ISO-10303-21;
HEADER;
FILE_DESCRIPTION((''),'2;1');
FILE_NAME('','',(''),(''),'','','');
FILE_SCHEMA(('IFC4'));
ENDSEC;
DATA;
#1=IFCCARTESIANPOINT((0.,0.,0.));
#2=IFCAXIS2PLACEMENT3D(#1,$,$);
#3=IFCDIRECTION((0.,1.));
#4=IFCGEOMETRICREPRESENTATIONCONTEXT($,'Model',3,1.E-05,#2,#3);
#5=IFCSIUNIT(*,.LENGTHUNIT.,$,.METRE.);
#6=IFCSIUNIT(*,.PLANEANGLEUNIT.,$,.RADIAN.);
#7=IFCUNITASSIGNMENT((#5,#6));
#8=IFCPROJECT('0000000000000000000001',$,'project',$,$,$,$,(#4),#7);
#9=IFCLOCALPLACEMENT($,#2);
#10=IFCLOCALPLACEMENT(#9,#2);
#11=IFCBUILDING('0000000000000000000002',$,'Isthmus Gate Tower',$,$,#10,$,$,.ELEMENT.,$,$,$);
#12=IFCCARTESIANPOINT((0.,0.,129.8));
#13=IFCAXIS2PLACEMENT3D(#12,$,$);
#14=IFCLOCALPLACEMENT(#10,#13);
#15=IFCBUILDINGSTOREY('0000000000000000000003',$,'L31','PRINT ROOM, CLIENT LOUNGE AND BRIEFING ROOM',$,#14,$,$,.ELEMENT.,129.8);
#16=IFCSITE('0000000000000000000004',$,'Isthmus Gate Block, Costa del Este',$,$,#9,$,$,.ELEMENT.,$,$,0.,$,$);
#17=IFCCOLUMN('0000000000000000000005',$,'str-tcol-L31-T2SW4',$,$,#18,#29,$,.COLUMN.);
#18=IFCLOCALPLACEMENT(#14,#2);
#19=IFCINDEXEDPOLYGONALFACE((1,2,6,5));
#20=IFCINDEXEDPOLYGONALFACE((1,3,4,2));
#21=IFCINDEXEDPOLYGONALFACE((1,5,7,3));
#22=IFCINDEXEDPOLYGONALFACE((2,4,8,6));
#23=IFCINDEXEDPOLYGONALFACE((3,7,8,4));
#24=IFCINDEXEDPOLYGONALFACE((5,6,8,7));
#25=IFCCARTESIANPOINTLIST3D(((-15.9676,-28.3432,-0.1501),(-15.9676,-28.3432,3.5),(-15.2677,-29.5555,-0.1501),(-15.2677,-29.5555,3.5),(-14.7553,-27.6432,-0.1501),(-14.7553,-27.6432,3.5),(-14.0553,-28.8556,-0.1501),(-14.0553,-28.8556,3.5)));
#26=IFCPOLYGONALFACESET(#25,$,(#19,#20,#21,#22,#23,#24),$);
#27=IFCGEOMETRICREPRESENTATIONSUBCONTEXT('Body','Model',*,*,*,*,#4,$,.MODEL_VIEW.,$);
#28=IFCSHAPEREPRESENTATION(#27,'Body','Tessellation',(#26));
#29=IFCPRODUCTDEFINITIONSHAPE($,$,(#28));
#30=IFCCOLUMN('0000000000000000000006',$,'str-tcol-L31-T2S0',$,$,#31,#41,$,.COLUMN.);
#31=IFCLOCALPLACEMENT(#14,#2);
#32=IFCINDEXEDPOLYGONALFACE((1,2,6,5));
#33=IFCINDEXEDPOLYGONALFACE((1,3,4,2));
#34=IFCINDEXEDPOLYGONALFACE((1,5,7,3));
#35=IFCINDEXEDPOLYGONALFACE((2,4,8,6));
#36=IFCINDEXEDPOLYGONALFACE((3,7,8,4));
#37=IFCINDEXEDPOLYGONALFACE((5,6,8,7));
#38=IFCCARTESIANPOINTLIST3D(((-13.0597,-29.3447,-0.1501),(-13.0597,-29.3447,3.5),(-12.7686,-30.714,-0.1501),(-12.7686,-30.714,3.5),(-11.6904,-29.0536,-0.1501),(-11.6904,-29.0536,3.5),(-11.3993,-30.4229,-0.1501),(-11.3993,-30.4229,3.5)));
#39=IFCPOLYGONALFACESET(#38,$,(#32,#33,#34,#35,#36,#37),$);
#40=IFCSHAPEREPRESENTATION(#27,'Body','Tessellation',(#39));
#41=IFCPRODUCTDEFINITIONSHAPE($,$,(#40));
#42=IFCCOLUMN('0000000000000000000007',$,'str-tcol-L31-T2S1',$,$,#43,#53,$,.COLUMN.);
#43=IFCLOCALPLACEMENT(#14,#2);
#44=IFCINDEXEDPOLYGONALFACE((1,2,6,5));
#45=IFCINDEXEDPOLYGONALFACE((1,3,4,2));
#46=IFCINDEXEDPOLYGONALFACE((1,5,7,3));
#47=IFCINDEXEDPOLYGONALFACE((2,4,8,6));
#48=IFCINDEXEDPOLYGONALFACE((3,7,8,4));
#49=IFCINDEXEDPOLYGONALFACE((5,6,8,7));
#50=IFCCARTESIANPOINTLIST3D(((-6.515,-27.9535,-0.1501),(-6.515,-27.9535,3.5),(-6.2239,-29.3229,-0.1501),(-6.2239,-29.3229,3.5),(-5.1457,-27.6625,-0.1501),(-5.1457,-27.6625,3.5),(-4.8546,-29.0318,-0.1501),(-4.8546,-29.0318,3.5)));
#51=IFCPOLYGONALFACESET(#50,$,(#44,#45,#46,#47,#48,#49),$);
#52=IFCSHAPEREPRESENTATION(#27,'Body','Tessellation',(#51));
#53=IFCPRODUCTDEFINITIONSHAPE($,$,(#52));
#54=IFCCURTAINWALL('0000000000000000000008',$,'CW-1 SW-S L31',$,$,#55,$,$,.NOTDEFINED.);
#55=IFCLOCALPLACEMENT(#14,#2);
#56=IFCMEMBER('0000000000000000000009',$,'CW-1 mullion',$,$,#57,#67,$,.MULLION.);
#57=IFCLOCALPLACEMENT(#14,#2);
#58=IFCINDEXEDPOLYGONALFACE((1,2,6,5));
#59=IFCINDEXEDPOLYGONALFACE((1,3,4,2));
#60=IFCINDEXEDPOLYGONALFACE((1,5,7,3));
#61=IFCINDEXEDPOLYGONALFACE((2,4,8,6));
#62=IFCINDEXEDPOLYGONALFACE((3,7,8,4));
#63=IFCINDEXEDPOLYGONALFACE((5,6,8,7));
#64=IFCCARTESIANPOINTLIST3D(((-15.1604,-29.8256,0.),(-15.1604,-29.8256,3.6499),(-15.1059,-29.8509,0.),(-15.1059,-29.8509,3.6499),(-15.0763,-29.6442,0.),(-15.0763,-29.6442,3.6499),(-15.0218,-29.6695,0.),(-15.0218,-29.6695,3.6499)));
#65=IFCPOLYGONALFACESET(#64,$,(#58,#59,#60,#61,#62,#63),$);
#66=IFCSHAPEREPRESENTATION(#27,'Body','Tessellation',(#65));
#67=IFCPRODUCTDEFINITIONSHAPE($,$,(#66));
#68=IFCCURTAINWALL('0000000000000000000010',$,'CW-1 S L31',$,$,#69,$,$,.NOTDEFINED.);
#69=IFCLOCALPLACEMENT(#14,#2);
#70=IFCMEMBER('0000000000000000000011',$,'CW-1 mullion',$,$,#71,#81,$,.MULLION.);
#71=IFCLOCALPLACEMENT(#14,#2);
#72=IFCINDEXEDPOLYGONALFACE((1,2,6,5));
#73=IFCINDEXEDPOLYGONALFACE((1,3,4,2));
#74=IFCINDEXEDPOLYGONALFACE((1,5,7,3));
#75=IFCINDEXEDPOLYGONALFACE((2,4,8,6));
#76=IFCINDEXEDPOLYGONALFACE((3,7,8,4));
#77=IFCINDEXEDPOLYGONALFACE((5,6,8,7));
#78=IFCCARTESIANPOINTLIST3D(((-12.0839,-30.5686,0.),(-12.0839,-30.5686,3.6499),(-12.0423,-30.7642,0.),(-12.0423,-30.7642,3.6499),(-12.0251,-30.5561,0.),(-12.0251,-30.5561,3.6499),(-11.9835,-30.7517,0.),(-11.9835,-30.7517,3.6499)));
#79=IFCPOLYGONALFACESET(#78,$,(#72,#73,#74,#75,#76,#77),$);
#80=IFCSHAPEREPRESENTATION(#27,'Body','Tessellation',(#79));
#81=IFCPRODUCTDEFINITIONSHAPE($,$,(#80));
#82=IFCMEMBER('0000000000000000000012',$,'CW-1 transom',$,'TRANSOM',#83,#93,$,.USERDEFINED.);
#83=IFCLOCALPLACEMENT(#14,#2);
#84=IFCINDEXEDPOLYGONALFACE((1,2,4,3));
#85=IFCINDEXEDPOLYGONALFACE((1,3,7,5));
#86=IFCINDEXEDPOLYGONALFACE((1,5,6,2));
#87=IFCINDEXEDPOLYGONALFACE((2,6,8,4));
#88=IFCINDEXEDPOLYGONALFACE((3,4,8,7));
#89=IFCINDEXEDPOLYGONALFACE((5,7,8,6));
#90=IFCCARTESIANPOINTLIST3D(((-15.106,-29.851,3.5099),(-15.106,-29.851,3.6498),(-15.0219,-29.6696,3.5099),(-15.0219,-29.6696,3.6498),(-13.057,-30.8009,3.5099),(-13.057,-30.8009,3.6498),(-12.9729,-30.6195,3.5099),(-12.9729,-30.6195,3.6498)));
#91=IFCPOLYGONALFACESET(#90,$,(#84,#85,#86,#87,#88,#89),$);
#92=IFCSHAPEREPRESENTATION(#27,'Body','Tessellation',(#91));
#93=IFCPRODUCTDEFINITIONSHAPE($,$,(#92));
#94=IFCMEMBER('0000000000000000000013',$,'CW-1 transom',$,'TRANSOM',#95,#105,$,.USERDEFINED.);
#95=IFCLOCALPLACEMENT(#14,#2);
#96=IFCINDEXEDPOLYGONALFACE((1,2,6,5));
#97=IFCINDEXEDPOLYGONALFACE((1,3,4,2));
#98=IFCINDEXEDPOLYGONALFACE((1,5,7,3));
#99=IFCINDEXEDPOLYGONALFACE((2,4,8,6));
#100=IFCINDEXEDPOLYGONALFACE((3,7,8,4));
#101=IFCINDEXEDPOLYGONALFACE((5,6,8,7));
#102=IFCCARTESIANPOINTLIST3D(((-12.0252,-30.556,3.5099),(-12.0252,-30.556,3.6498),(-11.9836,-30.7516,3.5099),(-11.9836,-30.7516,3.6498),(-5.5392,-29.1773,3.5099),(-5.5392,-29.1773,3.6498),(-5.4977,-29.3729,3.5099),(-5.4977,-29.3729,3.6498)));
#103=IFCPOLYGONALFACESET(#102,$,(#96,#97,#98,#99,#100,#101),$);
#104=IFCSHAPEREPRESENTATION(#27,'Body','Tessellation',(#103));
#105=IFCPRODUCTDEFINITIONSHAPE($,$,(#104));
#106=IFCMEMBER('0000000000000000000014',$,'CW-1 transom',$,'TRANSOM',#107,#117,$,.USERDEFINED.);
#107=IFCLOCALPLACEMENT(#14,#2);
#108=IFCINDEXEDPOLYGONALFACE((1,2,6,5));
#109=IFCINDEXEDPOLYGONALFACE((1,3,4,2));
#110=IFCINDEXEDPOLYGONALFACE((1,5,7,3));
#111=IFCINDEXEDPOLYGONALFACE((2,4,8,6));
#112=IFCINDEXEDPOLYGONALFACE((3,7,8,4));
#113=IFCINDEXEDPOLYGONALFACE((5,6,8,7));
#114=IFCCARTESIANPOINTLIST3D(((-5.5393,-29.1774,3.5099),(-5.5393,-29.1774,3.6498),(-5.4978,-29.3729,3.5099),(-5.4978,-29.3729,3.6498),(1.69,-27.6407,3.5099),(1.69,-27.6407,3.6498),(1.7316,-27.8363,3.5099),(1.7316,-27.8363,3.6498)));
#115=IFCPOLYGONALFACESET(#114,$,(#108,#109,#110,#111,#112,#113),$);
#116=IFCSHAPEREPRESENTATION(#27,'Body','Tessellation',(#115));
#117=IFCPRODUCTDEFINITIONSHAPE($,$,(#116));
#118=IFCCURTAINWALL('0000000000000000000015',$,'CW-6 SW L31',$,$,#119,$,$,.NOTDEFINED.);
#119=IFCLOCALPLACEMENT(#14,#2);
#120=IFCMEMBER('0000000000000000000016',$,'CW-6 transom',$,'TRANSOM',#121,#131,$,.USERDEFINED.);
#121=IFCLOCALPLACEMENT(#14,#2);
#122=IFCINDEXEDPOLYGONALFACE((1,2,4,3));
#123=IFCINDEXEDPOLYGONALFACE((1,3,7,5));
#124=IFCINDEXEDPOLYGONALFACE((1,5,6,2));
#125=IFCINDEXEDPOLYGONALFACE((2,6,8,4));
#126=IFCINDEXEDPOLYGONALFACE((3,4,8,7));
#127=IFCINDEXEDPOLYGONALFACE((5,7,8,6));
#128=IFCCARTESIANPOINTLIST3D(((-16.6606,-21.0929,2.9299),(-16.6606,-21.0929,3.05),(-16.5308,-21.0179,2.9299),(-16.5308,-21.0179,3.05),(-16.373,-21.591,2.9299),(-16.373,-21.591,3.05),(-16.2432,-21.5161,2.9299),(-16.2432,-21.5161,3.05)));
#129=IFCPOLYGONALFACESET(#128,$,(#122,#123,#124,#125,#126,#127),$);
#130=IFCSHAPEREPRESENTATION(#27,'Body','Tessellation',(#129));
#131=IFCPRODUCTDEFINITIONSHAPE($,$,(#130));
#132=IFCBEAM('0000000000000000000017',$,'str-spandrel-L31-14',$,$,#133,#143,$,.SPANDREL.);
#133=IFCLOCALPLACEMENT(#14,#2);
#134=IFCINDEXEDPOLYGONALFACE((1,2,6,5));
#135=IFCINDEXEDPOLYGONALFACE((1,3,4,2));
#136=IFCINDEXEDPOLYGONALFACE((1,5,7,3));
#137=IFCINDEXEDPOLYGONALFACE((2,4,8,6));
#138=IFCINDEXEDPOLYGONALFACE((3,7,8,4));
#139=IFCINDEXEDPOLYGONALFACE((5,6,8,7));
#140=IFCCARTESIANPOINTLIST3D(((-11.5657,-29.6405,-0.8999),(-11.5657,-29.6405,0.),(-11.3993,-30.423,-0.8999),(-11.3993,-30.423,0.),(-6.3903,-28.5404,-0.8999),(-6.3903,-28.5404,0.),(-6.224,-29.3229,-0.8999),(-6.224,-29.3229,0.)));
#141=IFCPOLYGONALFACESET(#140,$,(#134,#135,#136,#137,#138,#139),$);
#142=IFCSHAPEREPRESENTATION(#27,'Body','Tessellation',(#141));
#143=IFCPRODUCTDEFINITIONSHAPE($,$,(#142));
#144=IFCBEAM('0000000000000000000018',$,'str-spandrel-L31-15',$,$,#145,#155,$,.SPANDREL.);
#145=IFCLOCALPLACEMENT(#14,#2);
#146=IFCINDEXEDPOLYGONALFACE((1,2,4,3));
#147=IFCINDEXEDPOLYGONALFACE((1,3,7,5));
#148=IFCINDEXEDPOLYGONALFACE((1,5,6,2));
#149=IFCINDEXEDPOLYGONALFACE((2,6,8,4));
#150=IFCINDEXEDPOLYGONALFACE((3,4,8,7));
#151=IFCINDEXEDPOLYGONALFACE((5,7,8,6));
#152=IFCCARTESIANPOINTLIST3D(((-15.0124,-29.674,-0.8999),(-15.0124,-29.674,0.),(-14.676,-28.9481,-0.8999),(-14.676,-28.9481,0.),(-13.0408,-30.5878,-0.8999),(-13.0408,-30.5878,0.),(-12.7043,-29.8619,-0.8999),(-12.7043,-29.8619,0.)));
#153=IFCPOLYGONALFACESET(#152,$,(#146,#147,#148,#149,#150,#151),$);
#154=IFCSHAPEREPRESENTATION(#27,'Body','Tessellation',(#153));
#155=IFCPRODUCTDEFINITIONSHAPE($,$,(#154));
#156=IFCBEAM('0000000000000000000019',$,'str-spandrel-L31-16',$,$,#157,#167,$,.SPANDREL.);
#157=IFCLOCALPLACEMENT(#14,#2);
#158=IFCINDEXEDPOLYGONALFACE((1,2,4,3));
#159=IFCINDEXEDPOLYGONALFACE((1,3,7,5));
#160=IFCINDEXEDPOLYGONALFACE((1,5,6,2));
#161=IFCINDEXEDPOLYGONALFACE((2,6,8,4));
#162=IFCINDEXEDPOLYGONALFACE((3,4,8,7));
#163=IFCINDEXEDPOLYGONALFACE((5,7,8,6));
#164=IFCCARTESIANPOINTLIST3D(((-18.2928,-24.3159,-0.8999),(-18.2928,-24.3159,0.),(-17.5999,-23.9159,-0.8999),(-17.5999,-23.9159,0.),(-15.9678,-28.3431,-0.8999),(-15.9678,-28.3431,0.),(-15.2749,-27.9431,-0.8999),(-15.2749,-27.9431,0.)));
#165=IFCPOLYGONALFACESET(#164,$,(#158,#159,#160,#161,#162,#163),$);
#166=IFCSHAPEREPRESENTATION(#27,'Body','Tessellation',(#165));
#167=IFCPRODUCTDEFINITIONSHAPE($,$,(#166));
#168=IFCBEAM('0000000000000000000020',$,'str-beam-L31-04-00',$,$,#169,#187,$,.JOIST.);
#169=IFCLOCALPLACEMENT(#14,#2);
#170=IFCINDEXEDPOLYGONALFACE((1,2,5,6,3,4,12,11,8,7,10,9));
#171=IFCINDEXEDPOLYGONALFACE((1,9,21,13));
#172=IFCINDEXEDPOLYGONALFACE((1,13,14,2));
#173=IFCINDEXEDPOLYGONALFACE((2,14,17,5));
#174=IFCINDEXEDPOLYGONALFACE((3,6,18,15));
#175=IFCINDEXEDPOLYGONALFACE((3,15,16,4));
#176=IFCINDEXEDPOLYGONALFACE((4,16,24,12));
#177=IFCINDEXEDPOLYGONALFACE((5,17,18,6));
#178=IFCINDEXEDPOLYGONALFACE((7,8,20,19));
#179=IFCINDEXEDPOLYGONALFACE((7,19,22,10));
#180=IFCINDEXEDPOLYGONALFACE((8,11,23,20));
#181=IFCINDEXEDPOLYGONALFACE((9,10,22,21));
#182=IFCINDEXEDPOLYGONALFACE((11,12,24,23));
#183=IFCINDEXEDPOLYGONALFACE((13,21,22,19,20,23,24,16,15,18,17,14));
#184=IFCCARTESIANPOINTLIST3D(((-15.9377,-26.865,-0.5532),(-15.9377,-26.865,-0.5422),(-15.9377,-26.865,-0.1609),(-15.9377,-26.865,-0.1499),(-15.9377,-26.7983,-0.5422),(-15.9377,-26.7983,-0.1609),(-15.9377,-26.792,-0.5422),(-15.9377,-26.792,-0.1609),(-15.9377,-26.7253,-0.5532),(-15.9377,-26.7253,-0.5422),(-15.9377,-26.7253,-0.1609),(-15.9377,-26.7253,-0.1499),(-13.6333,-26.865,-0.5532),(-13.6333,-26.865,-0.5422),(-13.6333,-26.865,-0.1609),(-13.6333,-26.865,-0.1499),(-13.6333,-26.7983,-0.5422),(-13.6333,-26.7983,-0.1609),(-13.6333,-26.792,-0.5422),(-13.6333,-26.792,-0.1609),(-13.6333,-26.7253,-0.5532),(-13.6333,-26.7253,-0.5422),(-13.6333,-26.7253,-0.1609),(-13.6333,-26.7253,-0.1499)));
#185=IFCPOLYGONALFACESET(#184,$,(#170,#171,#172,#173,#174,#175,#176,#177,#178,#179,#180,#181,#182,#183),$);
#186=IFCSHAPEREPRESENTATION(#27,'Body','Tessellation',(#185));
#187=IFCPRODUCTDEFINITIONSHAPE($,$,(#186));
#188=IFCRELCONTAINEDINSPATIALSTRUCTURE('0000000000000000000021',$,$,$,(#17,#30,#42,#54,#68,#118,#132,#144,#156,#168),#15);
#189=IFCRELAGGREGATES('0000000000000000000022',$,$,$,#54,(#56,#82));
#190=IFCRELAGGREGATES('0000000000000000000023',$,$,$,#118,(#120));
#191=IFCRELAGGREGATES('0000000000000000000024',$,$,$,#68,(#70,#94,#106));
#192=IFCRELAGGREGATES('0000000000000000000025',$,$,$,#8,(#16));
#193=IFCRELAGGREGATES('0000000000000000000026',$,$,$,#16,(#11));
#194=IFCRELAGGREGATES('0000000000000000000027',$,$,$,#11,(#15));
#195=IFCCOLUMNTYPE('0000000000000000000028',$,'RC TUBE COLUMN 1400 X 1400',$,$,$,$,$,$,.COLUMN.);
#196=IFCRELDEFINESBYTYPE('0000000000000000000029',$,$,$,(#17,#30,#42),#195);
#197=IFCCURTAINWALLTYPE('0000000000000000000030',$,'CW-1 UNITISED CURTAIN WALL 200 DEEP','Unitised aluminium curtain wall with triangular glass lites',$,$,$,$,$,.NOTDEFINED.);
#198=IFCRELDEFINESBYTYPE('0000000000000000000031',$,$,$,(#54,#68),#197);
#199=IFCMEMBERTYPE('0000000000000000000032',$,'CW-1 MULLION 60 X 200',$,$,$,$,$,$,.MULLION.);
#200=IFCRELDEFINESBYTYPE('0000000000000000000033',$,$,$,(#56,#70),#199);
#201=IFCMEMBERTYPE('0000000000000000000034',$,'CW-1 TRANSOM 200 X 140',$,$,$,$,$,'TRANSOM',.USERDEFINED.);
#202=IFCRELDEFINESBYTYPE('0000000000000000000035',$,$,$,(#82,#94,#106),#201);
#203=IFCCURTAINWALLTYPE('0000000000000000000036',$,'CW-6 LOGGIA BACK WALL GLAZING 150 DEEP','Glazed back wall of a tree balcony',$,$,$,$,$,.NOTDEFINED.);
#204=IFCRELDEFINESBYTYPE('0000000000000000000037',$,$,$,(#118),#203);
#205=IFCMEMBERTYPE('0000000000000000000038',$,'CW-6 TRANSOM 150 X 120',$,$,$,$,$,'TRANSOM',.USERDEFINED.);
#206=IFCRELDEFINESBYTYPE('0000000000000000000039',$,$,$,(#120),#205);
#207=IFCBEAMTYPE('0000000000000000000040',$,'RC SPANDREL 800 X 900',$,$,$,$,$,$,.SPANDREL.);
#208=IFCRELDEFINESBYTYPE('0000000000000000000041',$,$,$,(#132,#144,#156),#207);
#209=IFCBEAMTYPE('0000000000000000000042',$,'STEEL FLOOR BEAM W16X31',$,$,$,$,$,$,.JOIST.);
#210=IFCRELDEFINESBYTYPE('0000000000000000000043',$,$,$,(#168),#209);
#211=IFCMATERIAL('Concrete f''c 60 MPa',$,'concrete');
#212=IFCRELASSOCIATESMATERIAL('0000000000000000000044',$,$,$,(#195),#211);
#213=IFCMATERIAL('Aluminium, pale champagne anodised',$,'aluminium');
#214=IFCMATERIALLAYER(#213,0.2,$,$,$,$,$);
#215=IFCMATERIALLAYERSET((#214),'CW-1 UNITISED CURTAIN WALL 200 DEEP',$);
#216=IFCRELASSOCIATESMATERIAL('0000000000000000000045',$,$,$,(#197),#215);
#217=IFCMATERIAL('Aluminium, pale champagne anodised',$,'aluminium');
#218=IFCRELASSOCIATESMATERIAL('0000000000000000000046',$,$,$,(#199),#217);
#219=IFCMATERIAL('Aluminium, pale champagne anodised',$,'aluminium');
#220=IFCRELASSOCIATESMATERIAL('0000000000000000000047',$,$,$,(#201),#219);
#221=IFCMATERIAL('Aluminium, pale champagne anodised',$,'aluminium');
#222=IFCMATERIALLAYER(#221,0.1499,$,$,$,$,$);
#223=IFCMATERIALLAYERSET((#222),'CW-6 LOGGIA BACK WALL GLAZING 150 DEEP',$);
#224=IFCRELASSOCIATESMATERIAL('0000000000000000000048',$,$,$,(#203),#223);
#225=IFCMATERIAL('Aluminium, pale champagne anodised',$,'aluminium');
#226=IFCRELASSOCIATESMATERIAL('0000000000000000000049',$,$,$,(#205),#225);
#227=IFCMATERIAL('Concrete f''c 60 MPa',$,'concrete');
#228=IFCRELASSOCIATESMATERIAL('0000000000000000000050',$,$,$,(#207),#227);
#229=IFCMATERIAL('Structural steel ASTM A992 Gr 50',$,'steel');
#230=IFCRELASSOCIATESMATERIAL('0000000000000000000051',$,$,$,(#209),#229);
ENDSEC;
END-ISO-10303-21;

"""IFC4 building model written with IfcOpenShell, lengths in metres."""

from ifc_helpers import new_model, si_unit, direction, frame, origin, origin_2d, place, context, subcontext, project, spatial, rectangle, i_section, extrude, material, layer, layer_set, material_profile, profile_set, type_object, element, aggregate, save


model = new_model("IFC4")

# Units and contexts
model_context = context("Model", 3, precision=1e-05, world=origin(), true_north=direction((0.0, 1.0)))
body_context = subcontext(model_context, "Body", "Model", "MODEL_VIEW")
ifc_project = project(units=[si_unit("LENGTHUNIT", "METRE"), si_unit("PLANEANGLEUNIT", "RADIAN")], contexts=[model_context])

# Site, building, storey
site_placement = place(None, origin())
site = spatial("IfcSite", under=ifc_project, at=site_placement, Name="Isthmus Gate Block, Costa del Este", CompositionType="ELEMENT", RefElevation=0.0)
building_placement = place(site_placement, origin())
building = spatial("IfcBuilding", under=site, at=building_placement, Name="Isthmus Gate Tower", CompositionType="ELEMENT")
storey_placement = place(building_placement, frame((0.0, 0.0, 129.8)))
storey = spatial("IfcBuildingStorey", under=building, at=storey_placement, Name="L31", Description="PRINT ROOM, CLIENT LOUNGE AND BRIEFING ROOM", CompositionType="ELEMENT", Elevation=129.8)

# Columns
ifc_material_1 = material(Name="Concrete f'c 60 MPa", Category="concrete")
ifc_material_profile_1 = material_profile(ifc_material_1, rectangle(XDim=1.3999, YDim=1.3999, at=origin_2d()), Name="RC 1400X1400")
ifc_profile_set_1 = profile_set([ifc_material_profile_1], Name="Concrete f'c 60 MPa")
column_type = type_object("IfcColumnType", Name="RC TUBE COLUMN 1400 X 1400", PredefinedType="COLUMN", material=ifc_profile_set_1)
for number, where, z_axis, x_axis, name in (
    (1, (-15.0115, -28.5994, -0.1501), (0.0, 0.0, 1.0), (0.5, -0.866025, 0.0), "str-tcol-L31-T2SW4"),
    (2, (-12.2295, -29.8838, -0.1501), (0.0, 0.0, 1.0), (0.978148, 0.207912, 0.0), "str-tcol-L31-T2S0"),
    (3, (-5.6848, -28.4927, -0.1501), (0.0, 0.0, 1.0), (0.978148, 0.207912, 0.0), "str-tcol-L31-T2S1"),
):
    element("IfcColumn", number, at=place(storey_placement, frame(where, z_axis=z_axis, x_axis=x_axis)), inside=storey, type_object=column_type, Name=name, PredefinedType="COLUMN", context=body_context, shape_type="SweptSolid", body=[
        extrude(rectangle(XDim=1.3999, YDim=1.3999, at=origin_2d()), origin(), (0.0, 0.0, 1.0), 3.6501),
    ])

# Curtain walls, members
ifc_material_2 = material(Name="Aluminium, pale champagne anodised", Category="aluminium")
ifc_layer_1 = layer(ifc_material_2, 0.2)
ifc_layer_set_1 = layer_set([ifc_layer_1], Name="CW-1 UNITISED CURTAIN WALL 200 DEEP")
curtain_wall_type_1 = type_object("IfcCurtainWallType", Name="CW-1 UNITISED CURTAIN WALL 200 DEEP", Description="Unitised aluminium curtain wall with triangular glass lites", PredefinedType="NOTDEFINED", material=ifc_layer_set_1)
curtain_wall_1_placement = place(storey_placement, origin())
curtain_wall_1 = element("IfcCurtainWall", 4, at=curtain_wall_1_placement, inside=storey, type_object=curtain_wall_type_1, Name="CW-1 SW-S L31", PredefinedType="NOTDEFINED")
ifc_material_3 = material(Name="Aluminium, pale champagne anodised", Category="aluminium")
ifc_material_profile_2 = material_profile(ifc_material_3, rectangle(XDim=0.0601, YDim=0.2, at=origin_2d()), Name="60x200")
ifc_profile_set_2 = profile_set([ifc_material_profile_2], Name="Aluminium, pale champagne anodised")
member_type_1 = type_object("IfcMemberType", Name="CW-1 MULLION 60 X 200", PredefinedType="MULLION", material=ifc_profile_set_2)
member_1_placement = place(storey_placement, frame((-15.0911, -29.7476, 0.0), z_axis=(0.0, 0.0, 1.0), x_axis=(0.907256, -0.420578, 0.0)))
member_1 = element("IfcMember", 5, at=member_1_placement, type_object=member_type_1, Name="CW-1 mullion", PredefinedType="MULLION", context=body_context, shape_type="SweptSolid", body=[
    extrude(rectangle(XDim=0.0601, YDim=0.2, at=origin_2d()), origin(), (0.0, 0.0, 1.0), 3.6499),
])
curtain_wall_2_placement = place(storey_placement, origin())
curtain_wall_2 = element("IfcCurtainWall", 6, at=curtain_wall_2_placement, inside=storey, type_object=curtain_wall_type_1, Name="CW-1 S L31", PredefinedType="NOTDEFINED")
member_2_placement = place(storey_placement, frame((-12.0337, -30.6602, 0.0), z_axis=(0.0, 0.0, 1.0), x_axis=(0.978148, 0.207912, 0.0)))
member_2 = element("IfcMember", 7, at=member_2_placement, type_object=member_type_1, Name="CW-1 mullion", PredefinedType="MULLION", context=body_context, shape_type="SweptSolid", body=[
    extrude(rectangle(XDim=0.0601, YDim=0.2, at=origin_2d()), origin(), (0.0, 0.0, 1.0), 3.6499),
])

# Members
ifc_material_4 = material(Name="Aluminium, pale champagne anodised", Category="aluminium")
ifc_material_profile_3 = material_profile(ifc_material_4, rectangle(XDim=0.2, YDim=0.1399, at=origin_2d()), Name="200x140")
ifc_profile_set_3 = profile_set([ifc_material_profile_3], Name="Aluminium, pale champagne anodised")
member_type_2 = type_object("IfcMemberType", Name="CW-1 TRANSOM 200 X 140", ElementType="TRANSOM", PredefinedType="USERDEFINED", material=ifc_profile_set_3)
member_3_placement = place(storey_placement, frame((-15.064, -29.7603, 3.5798), z_axis=(0.907246, -0.4206, 0.0), x_axis=(0.4206, 0.907246, 0.0)))
member_3 = element("IfcMember", 8, at=member_3_placement, type_object=member_type_2, Name="CW-1 transom", ObjectType="TRANSOM", PredefinedType="USERDEFINED", context=body_context, shape_type="SweptSolid", body=[
    extrude(rectangle(XDim=0.2, YDim=0.1399, at=origin_2d()), origin(), (0.0, 0.0, 1.0), 2.2585),
])
member_4_placement = place(storey_placement, frame((-12.0044, -30.6538, 3.5798), z_axis=(0.978146, 0.20792, 0.0), x_axis=(-0.20792, 0.978146, 0.0)))
member_4 = element("IfcMember", 9, at=member_4_placement, type_object=member_type_2, Name="CW-1 transom", ObjectType="TRANSOM", PredefinedType="USERDEFINED", context=body_context, shape_type="SweptSolid", body=[
    extrude(rectangle(XDim=0.2, YDim=0.1399, at=origin_2d()), origin(), (0.0, 0.0, 1.0), 6.6309),
])
member_5_placement = place(storey_placement, frame((-5.5186, -29.2751, 3.5798), z_axis=(0.978148, 0.207911, 0.0), x_axis=(-0.207911, 0.978148, 0.0)))
member_5 = element("IfcMember", 10, at=member_5_placement, type_object=member_type_2, Name="CW-1 transom", ObjectType="TRANSOM", PredefinedType="USERDEFINED", context=body_context, shape_type="SweptSolid", body=[
    extrude(rectangle(XDim=0.2, YDim=0.1399, at=origin_2d()), origin(), (0.0, 0.0, 1.0), 7.3909),
])

# Curtain wall, member
ifc_material_5 = material(Name="Aluminium, pale champagne anodised", Category="aluminium")
ifc_layer_2 = layer(ifc_material_5, 0.1499)
ifc_layer_set_2 = layer_set([ifc_layer_2], Name="CW-6 LOGGIA BACK WALL GLAZING 150 DEEP")
curtain_wall_type_2 = type_object("IfcCurtainWallType", Name="CW-6 LOGGIA BACK WALL GLAZING 150 DEEP", Description="Glazed back wall of a tree balcony", PredefinedType="NOTDEFINED", material=ifc_layer_set_2)
curtain_wall_3_placement = place(storey_placement, origin())
curtain_wall_3 = element("IfcCurtainWall", 11, at=curtain_wall_3_placement, inside=storey, type_object=curtain_wall_type_2, Name="CW-6 SW L31", PredefinedType="NOTDEFINED")
ifc_material_6 = material(Name="Aluminium, pale champagne anodised", Category="aluminium")
ifc_material_profile_4 = material_profile(ifc_material_6, rectangle(XDim=0.1499, YDim=0.1201, at=origin_2d()), Name="150x120")
ifc_profile_set_4 = profile_set([ifc_material_profile_4], Name="Aluminium, pale champagne anodised")
member_type_3 = type_object("IfcMemberType", Name="CW-6 TRANSOM 150 X 120", ElementType="TRANSOM", PredefinedType="USERDEFINED", material=ifc_profile_set_4)
member_6_placement = place(storey_placement, frame((-16.5957, -21.0554, 2.99), z_axis=(0.500065, -0.865988, 0.0), x_axis=(0.865988, 0.500065, 0.0)))
member_6 = element("IfcMember", 12, at=member_6_placement, type_object=member_type_3, Name="CW-6 transom", ObjectType="TRANSOM", PredefinedType="USERDEFINED", context=body_context, shape_type="SweptSolid", body=[
    extrude(rectangle(XDim=0.1499, YDim=0.1201, at=origin_2d()), origin(), (0.0, 0.0, 1.0), 0.5752),
])

# Beams
ifc_material_7 = material(Name="Concrete f'c 60 MPa", Category="concrete")
ifc_material_profile_5 = material_profile(ifc_material_7, rectangle(XDim=0.8, YDim=0.8999, at=origin_2d()), Name="RC 800X900")
ifc_profile_set_5 = profile_set([ifc_material_profile_5], Name="Concrete f'c 60 MPa")
beam_type_1 = type_object("IfcBeamType", Name="RC SPANDREL 800 X 900", PredefinedType="SPANDREL", material=ifc_profile_set_5)
beam_1_placement = place(storey_placement, frame((-6.3071, -28.9316, -0.45), z_axis=(-0.978145, -0.207922, 0.0), x_axis=(0.207922, -0.978145, 0.0)))
element("IfcBeam", 13, at=beam_1_placement, inside=storey, type_object=beam_type_1, Name="str-spandrel-L31-14", PredefinedType="SPANDREL", context=body_context, shape_type="SweptSolid", body=[
    extrude(rectangle(XDim=0.8, YDim=0.8999, at=origin_2d()), origin(), (0.0, 0.0, 1.0), 5.291),
])
beam_2_placement = place(storey_placement, frame((-12.8726, -30.2249, -0.45), z_axis=(-0.907291, 0.420504, 0.0), x_axis=(-0.420504, -0.907291, 0.0)))
element("IfcBeam", 14, at=beam_2_placement, inside=storey, type_object=beam_type_1, Name="str-spandrel-L31-15", PredefinedType="SPANDREL", context=body_context, shape_type="SweptSolid", body=[
    extrude(rectangle(XDim=0.8, YDim=0.8999, at=origin_2d()), origin(), (0.0, 0.0, 1.0), 2.1731),
])
beam_3_placement = place(storey_placement, frame((-15.6213, -28.1431, -0.45), z_axis=(-0.499985, 0.866034, 0.0), x_axis=(-0.866034, -0.499985, 0.0)))
element("IfcBeam", 15, at=beam_3_placement, inside=storey, type_object=beam_type_1, Name="str-spandrel-L31-16", PredefinedType="SPANDREL", context=body_context, shape_type="SweptSolid", body=[
    extrude(rectangle(XDim=0.8, YDim=0.8999, at=origin_2d()), origin(), (0.0, 0.0, 1.0), 4.6501),
])
ifc_material_8 = material(Name="Structural steel ASTM A992 Gr 50", Category="steel")
ifc_material_profile_6 = material_profile(ifc_material_8, i_section(OverallWidth=0.1396, OverallDepth=0.4033, WebThickness=0.0063, FlangeThickness=0.011, at=origin_2d()), Name="W16X31")
ifc_profile_set_6 = profile_set([ifc_material_profile_6], Name="Structural steel ASTM A992 Gr 50")
beam_type_2 = type_object("IfcBeamType", Name="STEEL FLOOR BEAM W16X31", PredefinedType="JOIST", material=ifc_profile_set_6)
beam_4_placement = place(storey_placement, frame((-15.9377, -26.7952, -0.3516), z_axis=(1.0, 0.0, 0.0), x_axis=(0.0, 1.0, 0.0)))
element("IfcBeam", 16, at=beam_4_placement, inside=storey, type_object=beam_type_2, Name="str-beam-L31-04-00", PredefinedType="JOIST", context=body_context, shape_type="SweptSolid", body=[
    extrude(i_section(OverallWidth=0.1396, OverallDepth=0.4033, WebThickness=0.0063, FlangeThickness=0.011, at=origin_2d()), origin(), (0.0, 0.0, 1.0), 2.3044),
])

aggregate(curtain_wall_1, [member_1, member_3])
aggregate(curtain_wall_3, [member_6])

aggregate(curtain_wall_2, [member_2, member_4, member_5])

save(model, "model.ifc")
